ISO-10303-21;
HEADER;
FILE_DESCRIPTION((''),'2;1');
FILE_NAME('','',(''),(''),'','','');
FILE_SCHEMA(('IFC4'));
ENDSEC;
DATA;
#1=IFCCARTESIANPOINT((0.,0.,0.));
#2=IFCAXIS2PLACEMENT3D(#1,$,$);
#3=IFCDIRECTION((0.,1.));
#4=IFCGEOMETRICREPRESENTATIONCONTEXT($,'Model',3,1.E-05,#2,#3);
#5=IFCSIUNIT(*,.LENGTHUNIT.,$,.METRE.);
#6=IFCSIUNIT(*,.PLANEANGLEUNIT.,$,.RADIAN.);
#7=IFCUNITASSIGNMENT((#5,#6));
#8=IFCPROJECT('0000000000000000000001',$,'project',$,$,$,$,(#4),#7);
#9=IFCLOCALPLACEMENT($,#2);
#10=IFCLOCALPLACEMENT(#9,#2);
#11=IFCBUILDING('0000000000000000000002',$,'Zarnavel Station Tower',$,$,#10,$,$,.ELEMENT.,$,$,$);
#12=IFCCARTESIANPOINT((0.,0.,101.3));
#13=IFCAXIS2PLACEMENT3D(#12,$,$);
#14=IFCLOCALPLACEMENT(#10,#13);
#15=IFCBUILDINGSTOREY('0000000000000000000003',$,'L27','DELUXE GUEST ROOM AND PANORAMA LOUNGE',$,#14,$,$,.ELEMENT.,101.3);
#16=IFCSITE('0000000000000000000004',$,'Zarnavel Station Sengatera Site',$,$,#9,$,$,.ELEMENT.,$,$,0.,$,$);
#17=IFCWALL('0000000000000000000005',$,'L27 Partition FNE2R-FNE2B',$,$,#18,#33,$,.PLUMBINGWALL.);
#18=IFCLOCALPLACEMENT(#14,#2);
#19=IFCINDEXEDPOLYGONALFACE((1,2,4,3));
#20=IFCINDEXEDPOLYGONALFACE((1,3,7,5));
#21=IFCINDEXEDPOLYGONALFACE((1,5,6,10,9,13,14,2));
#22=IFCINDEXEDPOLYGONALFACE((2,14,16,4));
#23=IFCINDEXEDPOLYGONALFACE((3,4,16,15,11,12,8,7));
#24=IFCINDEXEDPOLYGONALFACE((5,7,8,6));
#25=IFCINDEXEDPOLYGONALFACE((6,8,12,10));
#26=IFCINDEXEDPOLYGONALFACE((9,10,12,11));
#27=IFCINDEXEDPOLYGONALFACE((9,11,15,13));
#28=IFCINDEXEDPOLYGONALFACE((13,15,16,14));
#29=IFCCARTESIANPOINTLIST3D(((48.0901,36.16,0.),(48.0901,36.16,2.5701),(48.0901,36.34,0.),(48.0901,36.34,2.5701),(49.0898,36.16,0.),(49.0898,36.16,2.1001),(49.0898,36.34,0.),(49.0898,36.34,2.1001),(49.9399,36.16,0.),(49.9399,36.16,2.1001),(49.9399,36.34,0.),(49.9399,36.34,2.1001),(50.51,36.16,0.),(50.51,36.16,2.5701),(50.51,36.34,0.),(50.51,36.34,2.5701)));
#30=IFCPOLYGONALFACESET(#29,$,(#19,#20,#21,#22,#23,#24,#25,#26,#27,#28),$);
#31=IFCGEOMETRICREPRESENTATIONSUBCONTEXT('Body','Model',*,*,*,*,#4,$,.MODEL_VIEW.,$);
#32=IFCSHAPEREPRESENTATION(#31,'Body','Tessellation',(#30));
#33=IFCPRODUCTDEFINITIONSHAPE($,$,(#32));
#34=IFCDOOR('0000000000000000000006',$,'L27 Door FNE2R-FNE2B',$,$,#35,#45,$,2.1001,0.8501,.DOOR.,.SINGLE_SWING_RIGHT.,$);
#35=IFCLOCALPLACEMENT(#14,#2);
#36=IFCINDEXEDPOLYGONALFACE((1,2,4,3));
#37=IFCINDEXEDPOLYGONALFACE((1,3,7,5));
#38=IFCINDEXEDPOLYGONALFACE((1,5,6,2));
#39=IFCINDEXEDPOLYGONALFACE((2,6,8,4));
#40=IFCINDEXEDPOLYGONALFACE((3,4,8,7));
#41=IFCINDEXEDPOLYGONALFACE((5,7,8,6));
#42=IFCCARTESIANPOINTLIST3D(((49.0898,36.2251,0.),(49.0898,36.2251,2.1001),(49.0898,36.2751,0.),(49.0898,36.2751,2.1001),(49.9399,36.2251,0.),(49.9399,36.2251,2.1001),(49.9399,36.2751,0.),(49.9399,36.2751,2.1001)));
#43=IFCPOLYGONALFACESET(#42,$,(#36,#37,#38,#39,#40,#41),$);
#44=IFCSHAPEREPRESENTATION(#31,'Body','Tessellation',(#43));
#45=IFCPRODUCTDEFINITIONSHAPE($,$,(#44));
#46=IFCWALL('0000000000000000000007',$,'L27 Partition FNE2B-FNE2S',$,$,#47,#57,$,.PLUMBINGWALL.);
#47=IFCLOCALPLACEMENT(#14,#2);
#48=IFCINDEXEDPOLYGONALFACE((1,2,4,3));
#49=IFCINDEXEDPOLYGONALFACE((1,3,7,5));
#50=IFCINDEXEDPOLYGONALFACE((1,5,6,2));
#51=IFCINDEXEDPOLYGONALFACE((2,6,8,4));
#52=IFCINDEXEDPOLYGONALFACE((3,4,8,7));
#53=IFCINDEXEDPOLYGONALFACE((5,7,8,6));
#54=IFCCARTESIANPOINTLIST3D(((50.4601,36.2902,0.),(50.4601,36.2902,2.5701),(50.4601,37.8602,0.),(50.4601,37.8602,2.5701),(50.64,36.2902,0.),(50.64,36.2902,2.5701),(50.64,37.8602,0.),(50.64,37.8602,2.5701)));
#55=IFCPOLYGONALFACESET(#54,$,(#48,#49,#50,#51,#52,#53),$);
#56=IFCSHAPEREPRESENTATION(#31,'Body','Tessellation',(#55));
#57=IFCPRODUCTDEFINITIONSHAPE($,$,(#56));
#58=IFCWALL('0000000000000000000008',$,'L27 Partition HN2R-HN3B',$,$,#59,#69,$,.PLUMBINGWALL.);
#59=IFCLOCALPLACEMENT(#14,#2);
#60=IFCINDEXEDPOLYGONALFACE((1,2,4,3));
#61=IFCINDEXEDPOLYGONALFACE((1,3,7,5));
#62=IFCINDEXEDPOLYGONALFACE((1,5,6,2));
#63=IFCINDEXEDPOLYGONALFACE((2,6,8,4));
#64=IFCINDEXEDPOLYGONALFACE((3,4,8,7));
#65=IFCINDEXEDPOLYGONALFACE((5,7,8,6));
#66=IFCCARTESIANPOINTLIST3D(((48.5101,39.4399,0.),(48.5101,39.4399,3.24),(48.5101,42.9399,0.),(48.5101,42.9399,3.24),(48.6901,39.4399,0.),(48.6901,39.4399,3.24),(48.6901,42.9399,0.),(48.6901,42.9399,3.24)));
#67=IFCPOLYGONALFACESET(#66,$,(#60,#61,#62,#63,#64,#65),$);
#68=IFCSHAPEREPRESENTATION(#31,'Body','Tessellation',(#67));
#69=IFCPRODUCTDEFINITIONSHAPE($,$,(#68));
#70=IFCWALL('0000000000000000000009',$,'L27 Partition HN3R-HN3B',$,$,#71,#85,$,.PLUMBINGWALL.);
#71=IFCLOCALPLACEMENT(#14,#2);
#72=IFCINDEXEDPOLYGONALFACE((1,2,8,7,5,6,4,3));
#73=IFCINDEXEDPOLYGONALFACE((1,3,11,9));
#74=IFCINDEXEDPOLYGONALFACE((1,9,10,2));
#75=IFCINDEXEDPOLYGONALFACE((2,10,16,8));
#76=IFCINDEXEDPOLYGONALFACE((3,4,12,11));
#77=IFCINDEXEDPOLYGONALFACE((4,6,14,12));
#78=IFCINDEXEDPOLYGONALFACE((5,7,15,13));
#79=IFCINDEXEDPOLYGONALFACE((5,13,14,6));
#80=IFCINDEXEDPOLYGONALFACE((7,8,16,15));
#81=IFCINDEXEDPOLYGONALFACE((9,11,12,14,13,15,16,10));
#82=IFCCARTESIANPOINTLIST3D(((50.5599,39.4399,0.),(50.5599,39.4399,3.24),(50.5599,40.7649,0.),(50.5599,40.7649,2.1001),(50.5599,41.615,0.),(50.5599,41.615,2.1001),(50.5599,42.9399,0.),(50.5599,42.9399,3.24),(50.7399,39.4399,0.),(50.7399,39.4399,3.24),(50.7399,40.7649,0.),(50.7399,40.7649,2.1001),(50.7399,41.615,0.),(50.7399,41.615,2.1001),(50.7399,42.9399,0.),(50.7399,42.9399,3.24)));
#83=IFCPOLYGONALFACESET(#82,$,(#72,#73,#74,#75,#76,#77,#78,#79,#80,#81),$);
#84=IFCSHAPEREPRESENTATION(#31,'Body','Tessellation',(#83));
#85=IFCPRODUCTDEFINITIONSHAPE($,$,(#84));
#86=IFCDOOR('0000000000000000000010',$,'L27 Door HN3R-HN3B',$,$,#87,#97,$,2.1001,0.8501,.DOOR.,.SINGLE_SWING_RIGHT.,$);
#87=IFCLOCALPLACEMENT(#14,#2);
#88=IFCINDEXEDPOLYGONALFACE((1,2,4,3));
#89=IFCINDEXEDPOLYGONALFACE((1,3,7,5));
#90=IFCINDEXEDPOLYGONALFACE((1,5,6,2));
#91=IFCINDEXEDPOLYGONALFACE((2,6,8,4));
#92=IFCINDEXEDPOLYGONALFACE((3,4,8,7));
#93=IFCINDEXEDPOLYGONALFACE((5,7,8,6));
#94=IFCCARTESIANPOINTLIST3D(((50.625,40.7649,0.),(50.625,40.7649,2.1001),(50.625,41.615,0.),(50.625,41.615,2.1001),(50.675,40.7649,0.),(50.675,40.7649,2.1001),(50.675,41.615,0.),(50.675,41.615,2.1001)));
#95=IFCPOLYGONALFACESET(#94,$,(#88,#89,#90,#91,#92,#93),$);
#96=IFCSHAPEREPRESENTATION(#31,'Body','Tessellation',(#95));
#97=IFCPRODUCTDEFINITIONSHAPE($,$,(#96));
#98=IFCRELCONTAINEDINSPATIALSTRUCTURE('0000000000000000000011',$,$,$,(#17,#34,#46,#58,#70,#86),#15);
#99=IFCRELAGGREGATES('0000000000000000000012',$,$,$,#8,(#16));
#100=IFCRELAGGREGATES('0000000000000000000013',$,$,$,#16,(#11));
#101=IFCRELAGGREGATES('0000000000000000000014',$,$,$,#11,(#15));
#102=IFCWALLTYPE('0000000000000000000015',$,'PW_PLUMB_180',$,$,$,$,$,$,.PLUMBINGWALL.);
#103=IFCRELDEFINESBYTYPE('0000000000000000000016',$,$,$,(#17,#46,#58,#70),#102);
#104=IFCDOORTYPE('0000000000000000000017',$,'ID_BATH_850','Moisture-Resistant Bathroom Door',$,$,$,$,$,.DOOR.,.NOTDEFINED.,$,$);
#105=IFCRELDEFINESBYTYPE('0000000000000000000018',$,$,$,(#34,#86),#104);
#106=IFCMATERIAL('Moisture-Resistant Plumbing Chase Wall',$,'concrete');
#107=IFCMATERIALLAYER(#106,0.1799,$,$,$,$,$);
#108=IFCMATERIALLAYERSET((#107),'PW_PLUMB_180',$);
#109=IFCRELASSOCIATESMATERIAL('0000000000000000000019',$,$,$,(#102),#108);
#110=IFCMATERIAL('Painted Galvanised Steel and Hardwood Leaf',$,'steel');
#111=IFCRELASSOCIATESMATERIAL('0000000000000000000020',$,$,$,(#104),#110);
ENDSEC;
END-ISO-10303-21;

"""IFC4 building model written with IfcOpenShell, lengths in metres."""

from ifc_helpers import new_model, si_unit, direction, frame, frame_2d, origin, place, context, subcontext, project, spatial, rectangle, extrude, material, layer, layer_set, type_object, element, fill, save


model = new_model("IFC4")

# Units and contexts
model_context = context("Model", 3, precision=1e-05, world=origin(), true_north=direction((0.0, 1.0)))
body_context = subcontext(model_context, "Body", "Model", "MODEL_VIEW")
ifc_project = project(units=[si_unit("LENGTHUNIT", "METRE"), si_unit("PLANEANGLEUNIT", "RADIAN")], contexts=[model_context])

# Site, building, storey
site_placement = place(None, origin())
site = spatial("IfcSite", under=ifc_project, at=site_placement, Name="Zarnavel Station Sengatera Site", CompositionType="ELEMENT", RefElevation=0.0)
building_placement = place(site_placement, origin())
building = spatial("IfcBuilding", under=site, at=building_placement, Name="Zarnavel Station Tower", CompositionType="ELEMENT")
storey_placement = place(building_placement, frame((0.0, 0.0, 101.3)))
storey = spatial("IfcBuildingStorey", under=building, at=storey_placement, Name="L27", Description="DELUXE GUEST ROOM AND PANORAMA LOUNGE", CompositionType="ELEMENT", Elevation=101.3)

# Shared definitions
ifc_material_1 = material(Name="Moisture-Resistant Plumbing Chase Wall", Category="concrete")
ifc_layer_1 = layer(ifc_material_1, 0.1799)
ifc_layer_set_1 = layer_set([ifc_layer_1], Name="PW_PLUMB_180")
wall_type_1 = type_object("IfcWallType", Name="PW_PLUMB_180", PredefinedType="PLUMBINGWALL", material=ifc_layer_set_1)

# Wall, opening, door
wall_1_placement = place(storey_placement, frame((50.51, 36.25, 0.0), z_axis=(0.0, 0.0, 1.0), x_axis=(-1.0, 0.0, 0.0)))
wall_1 = element("IfcWall", 1, at=wall_1_placement, inside=storey, type_object=wall_type_1, Name="L27 Partition FNE2R-FNE2B", PredefinedType="PLUMBINGWALL", context=body_context, shape_type="SweptSolid", body=[
    extrude(rectangle(XDim=2.4199, YDim=0.1799, at=frame_2d((1.21, 0.0))), origin(), (0.0, 0.0, 1.0), 2.5701),
])
opening_1_placement = place(wall_1_placement, frame((0.5701, 0.0, 0.0)))
opening_1 = element("IfcOpeningElement", 2, at=opening_1_placement, cuts=wall_1, PredefinedType="OPENING", context=body_context, shape_type="SweptSolid", body=[
    extrude(rectangle(XDim=0.8501, YDim=2.1001, at=frame_2d((0.425, 1.05))), frame((0.0, 0.0999, 0.0), z_axis=(0.0, -1.0, 0.0), x_axis=(1.0, 0.0, 0.0)), (0.0, 0.0, 1.0), 0.2),
])
ifc_material_2 = material(Name="Painted Galvanised Steel and Hardwood Leaf", Category="steel")
door_type_1 = type_object("IfcDoorType", Name="ID_BATH_850", Description="Moisture-Resistant Bathroom Door", OperationType="NOTDEFINED", PredefinedType="DOOR", material=ifc_material_2)
door_1_placement = place(opening_1_placement, origin())
door_1 = element("IfcDoor", 3, at=door_1_placement, inside=storey, type_object=door_type_1, Name="L27 Door FNE2R-FNE2B", OperationType="SINGLE_SWING_RIGHT", OverallHeight=2.1001, OverallWidth=0.8501, PredefinedType="DOOR", context=body_context, shape_type="SweptSolid", body=[
    extrude(rectangle(XDim=0.8501, YDim=2.1001, at=frame_2d((0.425, 1.05))), frame((0.0, 0.0249, 0.0), z_axis=(0.0, -1.0, 0.0), x_axis=(1.0, 0.0, 0.0)), (0.0, 0.0, 1.0), 0.05),
])
fill(opening_1, door_1)

# Walls
wall_2_placement = place(storey_placement, frame((50.55, 36.29, 0.0), z_axis=(0.0, 0.0, 1.0), x_axis=(0.0, 1.0, 0.0)))
element("IfcWall", 4, at=wall_2_placement, inside=storey, type_object=wall_type_1, Name="L27 Partition FNE2B-FNE2S", PredefinedType="PLUMBINGWALL", context=body_context, shape_type="SweptSolid", body=[
    extrude(rectangle(XDim=1.5701, YDim=0.1799, at=frame_2d((0.7852, 0.0))), origin(), (0.0, 0.0, 1.0), 2.5701),
])
wall_3_placement = place(storey_placement, frame((48.6001, 39.4399, 0.0), z_axis=(0.0, 0.0, 1.0), x_axis=(0.0, 1.0, 0.0)))
element("IfcWall", 5, at=wall_3_placement, inside=storey, type_object=wall_type_1, Name="L27 Partition HN2R-HN3B", PredefinedType="PLUMBINGWALL", context=body_context, shape_type="SweptSolid", body=[
    extrude(rectangle(XDim=3.5, YDim=0.1799, at=frame_2d((1.75, 0.0))), origin(), (0.0, 0.0, 1.0), 3.24),
])

# Wall, opening, door
wall_4_placement = place(storey_placement, frame((50.6499, 39.4399, 0.0), z_axis=(0.0, 0.0, 1.0), x_axis=(0.0, 1.0, 0.0)))
wall_4 = element("IfcWall", 6, at=wall_4_placement, inside=storey, type_object=wall_type_1, Name="L27 Partition HN3R-HN3B", PredefinedType="PLUMBINGWALL", context=body_context, shape_type="SweptSolid", body=[
    extrude(rectangle(XDim=3.5, YDim=0.1799, at=frame_2d((1.75, 0.0))), origin(), (0.0, 0.0, 1.0), 3.24),
])
opening_2_placement = place(wall_4_placement, frame((1.325, 0.0, 0.0)))
opening_2 = element("IfcOpeningElement", 7, at=opening_2_placement, cuts=wall_4, PredefinedType="OPENING", context=body_context, shape_type="SweptSolid", body=[
    extrude(rectangle(XDim=0.8501, YDim=2.1001, at=frame_2d((0.425, 1.05))), frame((0.0, 0.0999, 0.0), z_axis=(0.0, -1.0, 0.0), x_axis=(1.0, 0.0, 0.0)), (0.0, 0.0, 1.0), 0.2),
])
door_2_placement = place(opening_2_placement, origin())
door_2 = element("IfcDoor", 8, at=door_2_placement, inside=storey, type_object=door_type_1, Name="L27 Door HN3R-HN3B", OperationType="SINGLE_SWING_RIGHT", OverallHeight=2.1001, OverallWidth=0.8501, PredefinedType="DOOR", context=body_context, shape_type="SweptSolid", body=[
    extrude(rectangle(XDim=0.8501, YDim=2.1001, at=frame_2d((0.425, 1.05))), frame((0.0, 0.0249, 0.0), z_axis=(0.0, -1.0, 0.0), x_axis=(1.0, 0.0, 0.0)), (0.0, 0.0, 1.0), 0.05),
])
fill(opening_2, door_2)

save(model, "model.ifc")
